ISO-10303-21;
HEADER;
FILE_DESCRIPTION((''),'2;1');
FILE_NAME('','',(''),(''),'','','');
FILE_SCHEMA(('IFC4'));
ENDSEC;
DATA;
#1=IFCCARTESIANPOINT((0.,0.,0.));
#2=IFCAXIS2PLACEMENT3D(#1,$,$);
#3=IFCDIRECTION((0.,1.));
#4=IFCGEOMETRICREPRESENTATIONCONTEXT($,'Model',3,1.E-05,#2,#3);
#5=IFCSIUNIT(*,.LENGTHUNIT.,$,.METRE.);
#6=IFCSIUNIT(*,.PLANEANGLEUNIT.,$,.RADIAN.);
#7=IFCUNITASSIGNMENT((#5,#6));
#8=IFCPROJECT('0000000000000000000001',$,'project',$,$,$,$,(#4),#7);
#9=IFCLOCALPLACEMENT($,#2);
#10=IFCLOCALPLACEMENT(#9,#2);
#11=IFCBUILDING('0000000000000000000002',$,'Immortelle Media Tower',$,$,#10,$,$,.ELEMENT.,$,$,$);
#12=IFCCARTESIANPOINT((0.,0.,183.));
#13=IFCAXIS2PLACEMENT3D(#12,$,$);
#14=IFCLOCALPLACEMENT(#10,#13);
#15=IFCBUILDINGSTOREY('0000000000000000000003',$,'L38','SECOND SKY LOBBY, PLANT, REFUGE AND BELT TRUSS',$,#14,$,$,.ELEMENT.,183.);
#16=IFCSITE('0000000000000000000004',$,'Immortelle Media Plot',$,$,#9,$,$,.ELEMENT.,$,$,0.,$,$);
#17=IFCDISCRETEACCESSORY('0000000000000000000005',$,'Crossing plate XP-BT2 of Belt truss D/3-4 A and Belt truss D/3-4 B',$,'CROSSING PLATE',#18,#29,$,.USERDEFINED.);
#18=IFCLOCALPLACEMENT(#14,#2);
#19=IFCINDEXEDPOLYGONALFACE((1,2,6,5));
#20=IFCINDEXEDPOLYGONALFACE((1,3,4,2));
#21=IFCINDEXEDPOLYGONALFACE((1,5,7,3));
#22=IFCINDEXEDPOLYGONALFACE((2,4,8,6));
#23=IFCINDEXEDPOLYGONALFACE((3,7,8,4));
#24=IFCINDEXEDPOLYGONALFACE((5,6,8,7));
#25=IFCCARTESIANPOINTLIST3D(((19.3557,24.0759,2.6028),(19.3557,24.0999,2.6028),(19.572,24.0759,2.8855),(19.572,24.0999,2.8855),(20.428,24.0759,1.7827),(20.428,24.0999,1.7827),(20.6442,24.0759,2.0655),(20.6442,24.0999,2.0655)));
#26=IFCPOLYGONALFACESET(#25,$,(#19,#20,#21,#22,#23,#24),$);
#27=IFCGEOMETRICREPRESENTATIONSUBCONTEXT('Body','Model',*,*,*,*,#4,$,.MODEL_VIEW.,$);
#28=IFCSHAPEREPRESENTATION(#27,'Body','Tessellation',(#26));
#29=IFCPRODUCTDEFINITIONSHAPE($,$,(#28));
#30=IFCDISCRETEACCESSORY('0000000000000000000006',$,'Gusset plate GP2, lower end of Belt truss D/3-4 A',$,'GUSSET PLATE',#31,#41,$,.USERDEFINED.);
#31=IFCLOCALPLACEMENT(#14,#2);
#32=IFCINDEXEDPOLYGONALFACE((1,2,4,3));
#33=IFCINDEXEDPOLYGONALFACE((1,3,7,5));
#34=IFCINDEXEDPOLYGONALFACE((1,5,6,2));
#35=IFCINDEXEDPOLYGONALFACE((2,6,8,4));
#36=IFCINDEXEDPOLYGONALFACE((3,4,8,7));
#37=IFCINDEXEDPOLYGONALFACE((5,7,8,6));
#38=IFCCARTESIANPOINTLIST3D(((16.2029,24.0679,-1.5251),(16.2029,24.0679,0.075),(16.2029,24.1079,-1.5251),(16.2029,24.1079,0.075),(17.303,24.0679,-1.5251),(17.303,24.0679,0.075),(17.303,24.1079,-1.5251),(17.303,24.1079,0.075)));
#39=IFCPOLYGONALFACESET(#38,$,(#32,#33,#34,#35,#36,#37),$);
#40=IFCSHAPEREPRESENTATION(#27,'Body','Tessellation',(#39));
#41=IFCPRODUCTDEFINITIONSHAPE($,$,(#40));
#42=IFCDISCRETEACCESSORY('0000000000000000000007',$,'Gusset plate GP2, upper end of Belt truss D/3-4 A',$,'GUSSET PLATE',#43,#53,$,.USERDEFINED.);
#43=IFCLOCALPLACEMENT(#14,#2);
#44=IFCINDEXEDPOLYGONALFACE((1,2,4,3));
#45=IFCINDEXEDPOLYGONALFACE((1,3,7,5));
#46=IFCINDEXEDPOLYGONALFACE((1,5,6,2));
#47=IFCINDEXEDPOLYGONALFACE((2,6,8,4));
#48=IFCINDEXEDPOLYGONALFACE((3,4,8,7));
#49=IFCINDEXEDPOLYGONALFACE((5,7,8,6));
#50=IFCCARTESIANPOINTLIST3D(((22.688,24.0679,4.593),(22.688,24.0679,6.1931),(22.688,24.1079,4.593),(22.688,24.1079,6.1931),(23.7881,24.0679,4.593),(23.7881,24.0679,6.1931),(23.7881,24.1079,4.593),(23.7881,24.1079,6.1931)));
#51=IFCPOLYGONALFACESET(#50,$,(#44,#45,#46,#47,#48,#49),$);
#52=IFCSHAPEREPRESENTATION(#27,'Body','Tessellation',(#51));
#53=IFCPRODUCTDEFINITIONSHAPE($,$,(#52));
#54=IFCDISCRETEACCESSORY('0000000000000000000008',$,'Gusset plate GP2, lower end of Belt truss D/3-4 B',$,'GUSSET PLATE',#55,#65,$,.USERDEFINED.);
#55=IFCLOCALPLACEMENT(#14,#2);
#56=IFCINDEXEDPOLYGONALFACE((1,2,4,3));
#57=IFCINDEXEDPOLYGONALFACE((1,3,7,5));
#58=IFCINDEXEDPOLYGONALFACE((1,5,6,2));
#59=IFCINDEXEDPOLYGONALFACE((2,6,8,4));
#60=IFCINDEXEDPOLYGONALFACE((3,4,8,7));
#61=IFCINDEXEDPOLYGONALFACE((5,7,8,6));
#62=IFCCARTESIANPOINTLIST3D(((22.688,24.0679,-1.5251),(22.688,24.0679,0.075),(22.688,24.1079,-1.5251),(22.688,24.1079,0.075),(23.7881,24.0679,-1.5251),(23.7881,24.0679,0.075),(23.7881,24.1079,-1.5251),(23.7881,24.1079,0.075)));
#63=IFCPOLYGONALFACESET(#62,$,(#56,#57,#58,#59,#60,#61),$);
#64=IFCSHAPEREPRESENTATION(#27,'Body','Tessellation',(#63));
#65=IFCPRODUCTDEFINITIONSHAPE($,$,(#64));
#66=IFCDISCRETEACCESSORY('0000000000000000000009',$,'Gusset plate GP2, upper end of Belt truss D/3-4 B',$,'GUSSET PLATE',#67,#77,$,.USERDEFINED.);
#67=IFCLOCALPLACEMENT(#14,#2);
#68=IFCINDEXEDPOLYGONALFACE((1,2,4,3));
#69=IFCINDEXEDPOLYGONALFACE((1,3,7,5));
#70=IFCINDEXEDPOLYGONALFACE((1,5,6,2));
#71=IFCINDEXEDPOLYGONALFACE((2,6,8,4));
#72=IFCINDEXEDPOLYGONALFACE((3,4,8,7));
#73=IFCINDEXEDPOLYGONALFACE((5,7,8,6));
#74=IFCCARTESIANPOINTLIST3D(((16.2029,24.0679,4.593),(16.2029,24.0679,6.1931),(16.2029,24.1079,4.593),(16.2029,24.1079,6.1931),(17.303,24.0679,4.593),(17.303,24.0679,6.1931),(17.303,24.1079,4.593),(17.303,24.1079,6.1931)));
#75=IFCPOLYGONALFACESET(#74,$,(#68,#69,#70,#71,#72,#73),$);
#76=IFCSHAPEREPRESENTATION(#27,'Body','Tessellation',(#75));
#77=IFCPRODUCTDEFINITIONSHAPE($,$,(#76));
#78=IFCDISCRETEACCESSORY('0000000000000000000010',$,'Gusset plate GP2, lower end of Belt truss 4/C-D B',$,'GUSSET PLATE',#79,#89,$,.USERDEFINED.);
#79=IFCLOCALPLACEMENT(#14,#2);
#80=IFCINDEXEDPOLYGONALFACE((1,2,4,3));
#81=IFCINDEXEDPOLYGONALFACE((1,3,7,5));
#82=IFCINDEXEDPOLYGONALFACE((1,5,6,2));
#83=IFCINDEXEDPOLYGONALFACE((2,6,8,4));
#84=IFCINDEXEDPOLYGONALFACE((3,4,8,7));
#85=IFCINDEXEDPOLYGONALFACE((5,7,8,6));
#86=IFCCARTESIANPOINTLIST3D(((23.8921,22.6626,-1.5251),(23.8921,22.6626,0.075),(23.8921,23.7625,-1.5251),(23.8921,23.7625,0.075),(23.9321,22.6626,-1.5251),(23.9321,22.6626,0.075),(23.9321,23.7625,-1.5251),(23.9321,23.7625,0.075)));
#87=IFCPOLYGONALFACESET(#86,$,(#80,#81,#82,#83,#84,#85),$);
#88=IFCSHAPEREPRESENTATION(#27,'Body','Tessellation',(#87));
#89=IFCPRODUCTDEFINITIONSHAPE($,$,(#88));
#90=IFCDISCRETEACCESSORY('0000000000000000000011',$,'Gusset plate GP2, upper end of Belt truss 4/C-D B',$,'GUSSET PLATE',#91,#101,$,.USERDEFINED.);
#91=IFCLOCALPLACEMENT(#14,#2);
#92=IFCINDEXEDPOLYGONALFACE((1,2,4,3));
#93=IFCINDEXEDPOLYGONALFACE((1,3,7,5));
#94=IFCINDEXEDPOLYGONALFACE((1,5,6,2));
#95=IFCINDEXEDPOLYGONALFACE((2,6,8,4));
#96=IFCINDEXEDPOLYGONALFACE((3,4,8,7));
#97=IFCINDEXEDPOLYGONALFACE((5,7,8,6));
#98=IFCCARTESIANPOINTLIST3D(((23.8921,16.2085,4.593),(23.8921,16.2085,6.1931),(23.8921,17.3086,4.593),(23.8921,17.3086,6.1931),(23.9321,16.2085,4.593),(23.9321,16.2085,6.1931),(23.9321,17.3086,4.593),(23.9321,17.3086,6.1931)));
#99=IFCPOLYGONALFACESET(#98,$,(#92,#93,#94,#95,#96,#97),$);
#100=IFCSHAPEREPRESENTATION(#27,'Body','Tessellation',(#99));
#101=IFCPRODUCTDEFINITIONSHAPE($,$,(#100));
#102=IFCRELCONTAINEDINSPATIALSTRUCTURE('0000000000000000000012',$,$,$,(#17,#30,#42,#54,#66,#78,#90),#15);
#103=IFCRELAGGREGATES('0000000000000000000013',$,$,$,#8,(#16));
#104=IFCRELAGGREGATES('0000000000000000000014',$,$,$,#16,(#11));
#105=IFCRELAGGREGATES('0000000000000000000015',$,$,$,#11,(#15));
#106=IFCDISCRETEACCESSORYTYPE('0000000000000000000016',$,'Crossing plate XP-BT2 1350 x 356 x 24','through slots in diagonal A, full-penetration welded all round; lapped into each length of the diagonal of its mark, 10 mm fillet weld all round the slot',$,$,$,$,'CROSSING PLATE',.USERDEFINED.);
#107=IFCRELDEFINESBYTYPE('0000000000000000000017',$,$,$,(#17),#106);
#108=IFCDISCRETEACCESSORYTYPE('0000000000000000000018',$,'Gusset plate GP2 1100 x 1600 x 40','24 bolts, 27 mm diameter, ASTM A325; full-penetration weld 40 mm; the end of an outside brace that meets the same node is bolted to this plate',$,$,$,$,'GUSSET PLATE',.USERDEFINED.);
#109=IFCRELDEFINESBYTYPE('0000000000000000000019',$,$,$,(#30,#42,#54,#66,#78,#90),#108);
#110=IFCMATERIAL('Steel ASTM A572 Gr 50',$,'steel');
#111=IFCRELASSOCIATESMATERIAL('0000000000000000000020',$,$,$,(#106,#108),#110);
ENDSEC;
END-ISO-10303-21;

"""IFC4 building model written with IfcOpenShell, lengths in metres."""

from ifc_helpers import new_model, si_unit, direction, frame, origin, origin_2d, place, context, subcontext, project, spatial, rectangle, extrude, material, material_profile, profile_set, type_object, element, save


model = new_model("IFC4")

# Units and contexts
model_context = context("Model", 3, precision=1e-05, world=origin(), true_north=direction((0.0, 1.0)))
body_context = subcontext(model_context, "Body", "Model", "MODEL_VIEW")
ifc_project = project(units=[si_unit("LENGTHUNIT", "METRE"), si_unit("PLANEANGLEUNIT", "RADIAN")], contexts=[model_context])

# Site, building, storey
site_placement = place(None, origin())
site = spatial("IfcSite", under=ifc_project, at=site_placement, Name="Immortelle Media Plot", CompositionType="ELEMENT", RefElevation=0.0)
building_placement = place(site_placement, origin())
building = spatial("IfcBuilding", under=site, at=building_placement, Name="Immortelle Media Tower", CompositionType="ELEMENT")
storey_placement = place(building_placement, frame((0.0, 0.0, 183.0)))
storey = spatial("IfcBuildingStorey", under=building, at=storey_placement, Name="L38", Description="SECOND SKY LOBBY, PLANT, REFUGE AND BELT TRUSS", CompositionType="ELEMENT", Elevation=183.0)

# Discrete accessories
ifc_material_1 = material(Name="Steel ASTM A572 Gr 50", Category="steel")
ifc_material_profile_1 = material_profile(ifc_material_1, rectangle(XDim=0.0239, YDim=0.356, at=origin_2d()), Name="PL 24 x 356")
ifc_profile_set_1 = profile_set([ifc_material_profile_1], Name="Steel ASTM A572 Gr 50")
discrete_accessory_type_1 = type_object("IfcDiscreteAccessoryType", Name="Crossing plate XP-BT2 1350 x 356 x 24", Description="through slots in diagonal A, full-penetration welded all round; lapped into each length of the diagonal of its mark, 10 mm fillet weld all round the slot", ElementType="CROSSING PLATE", PredefinedType="USERDEFINED", material=ifc_profile_set_1)
discrete_accessory_1_placement = place(storey_placement, frame((19.4639, 24.0879, 2.7441), z_axis=(0.794322, 0.0, -0.607497), x_axis=(0.0, 1.0, 0.0)))
element("IfcDiscreteAccessory", 1, at=discrete_accessory_1_placement, inside=storey, type_object=discrete_accessory_type_1, Name="Crossing plate XP-BT2 of Belt truss D/3-4 A and Belt truss D/3-4 B", ObjectType="CROSSING PLATE", PredefinedType="USERDEFINED", context=body_context, shape_type="SweptSolid", body=[
    extrude(rectangle(XDim=0.0239, YDim=0.356, at=origin_2d()), origin(), (0.0, 0.0, 1.0), 1.3499),
])
ifc_material_profile_2 = material_profile(ifc_material_1, rectangle(XDim=0.04, YDim=1.6001, at=origin_2d()), Name="PL 40 x 1600")
ifc_profile_set_2 = profile_set([ifc_material_profile_2], Name="Steel ASTM A572 Gr 50")
discrete_accessory_type_2 = type_object("IfcDiscreteAccessoryType", Name="Gusset plate GP2 1100 x 1600 x 40", Description="24 bolts, 27 mm diameter, ASTM A325; full-penetration weld 40 mm; the end of an outside brace that meets the same node is bolted to this plate", ElementType="GUSSET PLATE", PredefinedType="USERDEFINED", material=ifc_profile_set_2)
for number, where, z_axis, x_axis, name in (
    (2, (16.2029, 24.0879, -0.7251), (1.0, 0.0, 0.0), (0.0, 1.0, 0.0), "Gusset plate GP2, lower end of Belt truss D/3-4 A"),
    (3, (23.7881, 24.0879, 5.3931), (-1.0, 0.0, 0.0), (0.0, -1.0, 0.0), "Gusset plate GP2, upper end of Belt truss D/3-4 A"),
    (4, (23.7881, 24.0879, -0.7251), (-1.0, 0.0, 0.0), (0.0, -1.0, 0.0), "Gusset plate GP2, lower end of Belt truss D/3-4 B"),
    (5, (16.2029, 24.0879, 5.3931), (1.0, 0.0, 0.0), (0.0, 1.0, 0.0), "Gusset plate GP2, upper end of Belt truss D/3-4 B"),
):
    element("IfcDiscreteAccessory", number, at=place(storey_placement, frame(where, z_axis=z_axis, x_axis=x_axis)), inside=storey, type_object=discrete_accessory_type_2, Name=name, ObjectType="GUSSET PLATE", PredefinedType="USERDEFINED", context=body_context, shape_type="SweptSolid", body=[
        extrude(rectangle(XDim=0.04, YDim=1.6001, at=origin_2d()), origin(), (0.0, 0.0, 1.0), 1.1001),
    ])
discrete_accessory_2_placement = place(storey_placement, frame((23.9121, 23.7625, -0.7251), z_axis=(0.0, -1.0, 0.0), x_axis=(1.0, 0.0, 0.0)))
element("IfcDiscreteAccessory", 6, at=discrete_accessory_2_placement, inside=storey, type_object=discrete_accessory_type_2, Name="Gusset plate GP2, lower end of Belt truss 4/C-D B", ObjectType="GUSSET PLATE", PredefinedType="USERDEFINED", context=body_context, shape_type="SweptSolid", body=[
    extrude(rectangle(XDim=0.04, YDim=1.6001, at=origin_2d()), origin(), (0.0, 0.0, 1.0), 1.0999),
])
discrete_accessory_3_placement = place(storey_placement, frame((23.9121, 16.2085, 5.3931), z_axis=(0.0, 1.0, 0.0), x_axis=(-1.0, 0.0, 0.0)))
element("IfcDiscreteAccessory", 7, at=discrete_accessory_3_placement, inside=storey, type_object=discrete_accessory_type_2, Name="Gusset plate GP2, upper end of Belt truss 4/C-D B", ObjectType="GUSSET PLATE", PredefinedType="USERDEFINED", context=body_context, shape_type="SweptSolid", body=[
    extrude(rectangle(XDim=0.04, YDim=1.6001, at=origin_2d()), origin(), (0.0, 0.0, 1.0), 1.1001),
])

save(model, "model.ifc")
